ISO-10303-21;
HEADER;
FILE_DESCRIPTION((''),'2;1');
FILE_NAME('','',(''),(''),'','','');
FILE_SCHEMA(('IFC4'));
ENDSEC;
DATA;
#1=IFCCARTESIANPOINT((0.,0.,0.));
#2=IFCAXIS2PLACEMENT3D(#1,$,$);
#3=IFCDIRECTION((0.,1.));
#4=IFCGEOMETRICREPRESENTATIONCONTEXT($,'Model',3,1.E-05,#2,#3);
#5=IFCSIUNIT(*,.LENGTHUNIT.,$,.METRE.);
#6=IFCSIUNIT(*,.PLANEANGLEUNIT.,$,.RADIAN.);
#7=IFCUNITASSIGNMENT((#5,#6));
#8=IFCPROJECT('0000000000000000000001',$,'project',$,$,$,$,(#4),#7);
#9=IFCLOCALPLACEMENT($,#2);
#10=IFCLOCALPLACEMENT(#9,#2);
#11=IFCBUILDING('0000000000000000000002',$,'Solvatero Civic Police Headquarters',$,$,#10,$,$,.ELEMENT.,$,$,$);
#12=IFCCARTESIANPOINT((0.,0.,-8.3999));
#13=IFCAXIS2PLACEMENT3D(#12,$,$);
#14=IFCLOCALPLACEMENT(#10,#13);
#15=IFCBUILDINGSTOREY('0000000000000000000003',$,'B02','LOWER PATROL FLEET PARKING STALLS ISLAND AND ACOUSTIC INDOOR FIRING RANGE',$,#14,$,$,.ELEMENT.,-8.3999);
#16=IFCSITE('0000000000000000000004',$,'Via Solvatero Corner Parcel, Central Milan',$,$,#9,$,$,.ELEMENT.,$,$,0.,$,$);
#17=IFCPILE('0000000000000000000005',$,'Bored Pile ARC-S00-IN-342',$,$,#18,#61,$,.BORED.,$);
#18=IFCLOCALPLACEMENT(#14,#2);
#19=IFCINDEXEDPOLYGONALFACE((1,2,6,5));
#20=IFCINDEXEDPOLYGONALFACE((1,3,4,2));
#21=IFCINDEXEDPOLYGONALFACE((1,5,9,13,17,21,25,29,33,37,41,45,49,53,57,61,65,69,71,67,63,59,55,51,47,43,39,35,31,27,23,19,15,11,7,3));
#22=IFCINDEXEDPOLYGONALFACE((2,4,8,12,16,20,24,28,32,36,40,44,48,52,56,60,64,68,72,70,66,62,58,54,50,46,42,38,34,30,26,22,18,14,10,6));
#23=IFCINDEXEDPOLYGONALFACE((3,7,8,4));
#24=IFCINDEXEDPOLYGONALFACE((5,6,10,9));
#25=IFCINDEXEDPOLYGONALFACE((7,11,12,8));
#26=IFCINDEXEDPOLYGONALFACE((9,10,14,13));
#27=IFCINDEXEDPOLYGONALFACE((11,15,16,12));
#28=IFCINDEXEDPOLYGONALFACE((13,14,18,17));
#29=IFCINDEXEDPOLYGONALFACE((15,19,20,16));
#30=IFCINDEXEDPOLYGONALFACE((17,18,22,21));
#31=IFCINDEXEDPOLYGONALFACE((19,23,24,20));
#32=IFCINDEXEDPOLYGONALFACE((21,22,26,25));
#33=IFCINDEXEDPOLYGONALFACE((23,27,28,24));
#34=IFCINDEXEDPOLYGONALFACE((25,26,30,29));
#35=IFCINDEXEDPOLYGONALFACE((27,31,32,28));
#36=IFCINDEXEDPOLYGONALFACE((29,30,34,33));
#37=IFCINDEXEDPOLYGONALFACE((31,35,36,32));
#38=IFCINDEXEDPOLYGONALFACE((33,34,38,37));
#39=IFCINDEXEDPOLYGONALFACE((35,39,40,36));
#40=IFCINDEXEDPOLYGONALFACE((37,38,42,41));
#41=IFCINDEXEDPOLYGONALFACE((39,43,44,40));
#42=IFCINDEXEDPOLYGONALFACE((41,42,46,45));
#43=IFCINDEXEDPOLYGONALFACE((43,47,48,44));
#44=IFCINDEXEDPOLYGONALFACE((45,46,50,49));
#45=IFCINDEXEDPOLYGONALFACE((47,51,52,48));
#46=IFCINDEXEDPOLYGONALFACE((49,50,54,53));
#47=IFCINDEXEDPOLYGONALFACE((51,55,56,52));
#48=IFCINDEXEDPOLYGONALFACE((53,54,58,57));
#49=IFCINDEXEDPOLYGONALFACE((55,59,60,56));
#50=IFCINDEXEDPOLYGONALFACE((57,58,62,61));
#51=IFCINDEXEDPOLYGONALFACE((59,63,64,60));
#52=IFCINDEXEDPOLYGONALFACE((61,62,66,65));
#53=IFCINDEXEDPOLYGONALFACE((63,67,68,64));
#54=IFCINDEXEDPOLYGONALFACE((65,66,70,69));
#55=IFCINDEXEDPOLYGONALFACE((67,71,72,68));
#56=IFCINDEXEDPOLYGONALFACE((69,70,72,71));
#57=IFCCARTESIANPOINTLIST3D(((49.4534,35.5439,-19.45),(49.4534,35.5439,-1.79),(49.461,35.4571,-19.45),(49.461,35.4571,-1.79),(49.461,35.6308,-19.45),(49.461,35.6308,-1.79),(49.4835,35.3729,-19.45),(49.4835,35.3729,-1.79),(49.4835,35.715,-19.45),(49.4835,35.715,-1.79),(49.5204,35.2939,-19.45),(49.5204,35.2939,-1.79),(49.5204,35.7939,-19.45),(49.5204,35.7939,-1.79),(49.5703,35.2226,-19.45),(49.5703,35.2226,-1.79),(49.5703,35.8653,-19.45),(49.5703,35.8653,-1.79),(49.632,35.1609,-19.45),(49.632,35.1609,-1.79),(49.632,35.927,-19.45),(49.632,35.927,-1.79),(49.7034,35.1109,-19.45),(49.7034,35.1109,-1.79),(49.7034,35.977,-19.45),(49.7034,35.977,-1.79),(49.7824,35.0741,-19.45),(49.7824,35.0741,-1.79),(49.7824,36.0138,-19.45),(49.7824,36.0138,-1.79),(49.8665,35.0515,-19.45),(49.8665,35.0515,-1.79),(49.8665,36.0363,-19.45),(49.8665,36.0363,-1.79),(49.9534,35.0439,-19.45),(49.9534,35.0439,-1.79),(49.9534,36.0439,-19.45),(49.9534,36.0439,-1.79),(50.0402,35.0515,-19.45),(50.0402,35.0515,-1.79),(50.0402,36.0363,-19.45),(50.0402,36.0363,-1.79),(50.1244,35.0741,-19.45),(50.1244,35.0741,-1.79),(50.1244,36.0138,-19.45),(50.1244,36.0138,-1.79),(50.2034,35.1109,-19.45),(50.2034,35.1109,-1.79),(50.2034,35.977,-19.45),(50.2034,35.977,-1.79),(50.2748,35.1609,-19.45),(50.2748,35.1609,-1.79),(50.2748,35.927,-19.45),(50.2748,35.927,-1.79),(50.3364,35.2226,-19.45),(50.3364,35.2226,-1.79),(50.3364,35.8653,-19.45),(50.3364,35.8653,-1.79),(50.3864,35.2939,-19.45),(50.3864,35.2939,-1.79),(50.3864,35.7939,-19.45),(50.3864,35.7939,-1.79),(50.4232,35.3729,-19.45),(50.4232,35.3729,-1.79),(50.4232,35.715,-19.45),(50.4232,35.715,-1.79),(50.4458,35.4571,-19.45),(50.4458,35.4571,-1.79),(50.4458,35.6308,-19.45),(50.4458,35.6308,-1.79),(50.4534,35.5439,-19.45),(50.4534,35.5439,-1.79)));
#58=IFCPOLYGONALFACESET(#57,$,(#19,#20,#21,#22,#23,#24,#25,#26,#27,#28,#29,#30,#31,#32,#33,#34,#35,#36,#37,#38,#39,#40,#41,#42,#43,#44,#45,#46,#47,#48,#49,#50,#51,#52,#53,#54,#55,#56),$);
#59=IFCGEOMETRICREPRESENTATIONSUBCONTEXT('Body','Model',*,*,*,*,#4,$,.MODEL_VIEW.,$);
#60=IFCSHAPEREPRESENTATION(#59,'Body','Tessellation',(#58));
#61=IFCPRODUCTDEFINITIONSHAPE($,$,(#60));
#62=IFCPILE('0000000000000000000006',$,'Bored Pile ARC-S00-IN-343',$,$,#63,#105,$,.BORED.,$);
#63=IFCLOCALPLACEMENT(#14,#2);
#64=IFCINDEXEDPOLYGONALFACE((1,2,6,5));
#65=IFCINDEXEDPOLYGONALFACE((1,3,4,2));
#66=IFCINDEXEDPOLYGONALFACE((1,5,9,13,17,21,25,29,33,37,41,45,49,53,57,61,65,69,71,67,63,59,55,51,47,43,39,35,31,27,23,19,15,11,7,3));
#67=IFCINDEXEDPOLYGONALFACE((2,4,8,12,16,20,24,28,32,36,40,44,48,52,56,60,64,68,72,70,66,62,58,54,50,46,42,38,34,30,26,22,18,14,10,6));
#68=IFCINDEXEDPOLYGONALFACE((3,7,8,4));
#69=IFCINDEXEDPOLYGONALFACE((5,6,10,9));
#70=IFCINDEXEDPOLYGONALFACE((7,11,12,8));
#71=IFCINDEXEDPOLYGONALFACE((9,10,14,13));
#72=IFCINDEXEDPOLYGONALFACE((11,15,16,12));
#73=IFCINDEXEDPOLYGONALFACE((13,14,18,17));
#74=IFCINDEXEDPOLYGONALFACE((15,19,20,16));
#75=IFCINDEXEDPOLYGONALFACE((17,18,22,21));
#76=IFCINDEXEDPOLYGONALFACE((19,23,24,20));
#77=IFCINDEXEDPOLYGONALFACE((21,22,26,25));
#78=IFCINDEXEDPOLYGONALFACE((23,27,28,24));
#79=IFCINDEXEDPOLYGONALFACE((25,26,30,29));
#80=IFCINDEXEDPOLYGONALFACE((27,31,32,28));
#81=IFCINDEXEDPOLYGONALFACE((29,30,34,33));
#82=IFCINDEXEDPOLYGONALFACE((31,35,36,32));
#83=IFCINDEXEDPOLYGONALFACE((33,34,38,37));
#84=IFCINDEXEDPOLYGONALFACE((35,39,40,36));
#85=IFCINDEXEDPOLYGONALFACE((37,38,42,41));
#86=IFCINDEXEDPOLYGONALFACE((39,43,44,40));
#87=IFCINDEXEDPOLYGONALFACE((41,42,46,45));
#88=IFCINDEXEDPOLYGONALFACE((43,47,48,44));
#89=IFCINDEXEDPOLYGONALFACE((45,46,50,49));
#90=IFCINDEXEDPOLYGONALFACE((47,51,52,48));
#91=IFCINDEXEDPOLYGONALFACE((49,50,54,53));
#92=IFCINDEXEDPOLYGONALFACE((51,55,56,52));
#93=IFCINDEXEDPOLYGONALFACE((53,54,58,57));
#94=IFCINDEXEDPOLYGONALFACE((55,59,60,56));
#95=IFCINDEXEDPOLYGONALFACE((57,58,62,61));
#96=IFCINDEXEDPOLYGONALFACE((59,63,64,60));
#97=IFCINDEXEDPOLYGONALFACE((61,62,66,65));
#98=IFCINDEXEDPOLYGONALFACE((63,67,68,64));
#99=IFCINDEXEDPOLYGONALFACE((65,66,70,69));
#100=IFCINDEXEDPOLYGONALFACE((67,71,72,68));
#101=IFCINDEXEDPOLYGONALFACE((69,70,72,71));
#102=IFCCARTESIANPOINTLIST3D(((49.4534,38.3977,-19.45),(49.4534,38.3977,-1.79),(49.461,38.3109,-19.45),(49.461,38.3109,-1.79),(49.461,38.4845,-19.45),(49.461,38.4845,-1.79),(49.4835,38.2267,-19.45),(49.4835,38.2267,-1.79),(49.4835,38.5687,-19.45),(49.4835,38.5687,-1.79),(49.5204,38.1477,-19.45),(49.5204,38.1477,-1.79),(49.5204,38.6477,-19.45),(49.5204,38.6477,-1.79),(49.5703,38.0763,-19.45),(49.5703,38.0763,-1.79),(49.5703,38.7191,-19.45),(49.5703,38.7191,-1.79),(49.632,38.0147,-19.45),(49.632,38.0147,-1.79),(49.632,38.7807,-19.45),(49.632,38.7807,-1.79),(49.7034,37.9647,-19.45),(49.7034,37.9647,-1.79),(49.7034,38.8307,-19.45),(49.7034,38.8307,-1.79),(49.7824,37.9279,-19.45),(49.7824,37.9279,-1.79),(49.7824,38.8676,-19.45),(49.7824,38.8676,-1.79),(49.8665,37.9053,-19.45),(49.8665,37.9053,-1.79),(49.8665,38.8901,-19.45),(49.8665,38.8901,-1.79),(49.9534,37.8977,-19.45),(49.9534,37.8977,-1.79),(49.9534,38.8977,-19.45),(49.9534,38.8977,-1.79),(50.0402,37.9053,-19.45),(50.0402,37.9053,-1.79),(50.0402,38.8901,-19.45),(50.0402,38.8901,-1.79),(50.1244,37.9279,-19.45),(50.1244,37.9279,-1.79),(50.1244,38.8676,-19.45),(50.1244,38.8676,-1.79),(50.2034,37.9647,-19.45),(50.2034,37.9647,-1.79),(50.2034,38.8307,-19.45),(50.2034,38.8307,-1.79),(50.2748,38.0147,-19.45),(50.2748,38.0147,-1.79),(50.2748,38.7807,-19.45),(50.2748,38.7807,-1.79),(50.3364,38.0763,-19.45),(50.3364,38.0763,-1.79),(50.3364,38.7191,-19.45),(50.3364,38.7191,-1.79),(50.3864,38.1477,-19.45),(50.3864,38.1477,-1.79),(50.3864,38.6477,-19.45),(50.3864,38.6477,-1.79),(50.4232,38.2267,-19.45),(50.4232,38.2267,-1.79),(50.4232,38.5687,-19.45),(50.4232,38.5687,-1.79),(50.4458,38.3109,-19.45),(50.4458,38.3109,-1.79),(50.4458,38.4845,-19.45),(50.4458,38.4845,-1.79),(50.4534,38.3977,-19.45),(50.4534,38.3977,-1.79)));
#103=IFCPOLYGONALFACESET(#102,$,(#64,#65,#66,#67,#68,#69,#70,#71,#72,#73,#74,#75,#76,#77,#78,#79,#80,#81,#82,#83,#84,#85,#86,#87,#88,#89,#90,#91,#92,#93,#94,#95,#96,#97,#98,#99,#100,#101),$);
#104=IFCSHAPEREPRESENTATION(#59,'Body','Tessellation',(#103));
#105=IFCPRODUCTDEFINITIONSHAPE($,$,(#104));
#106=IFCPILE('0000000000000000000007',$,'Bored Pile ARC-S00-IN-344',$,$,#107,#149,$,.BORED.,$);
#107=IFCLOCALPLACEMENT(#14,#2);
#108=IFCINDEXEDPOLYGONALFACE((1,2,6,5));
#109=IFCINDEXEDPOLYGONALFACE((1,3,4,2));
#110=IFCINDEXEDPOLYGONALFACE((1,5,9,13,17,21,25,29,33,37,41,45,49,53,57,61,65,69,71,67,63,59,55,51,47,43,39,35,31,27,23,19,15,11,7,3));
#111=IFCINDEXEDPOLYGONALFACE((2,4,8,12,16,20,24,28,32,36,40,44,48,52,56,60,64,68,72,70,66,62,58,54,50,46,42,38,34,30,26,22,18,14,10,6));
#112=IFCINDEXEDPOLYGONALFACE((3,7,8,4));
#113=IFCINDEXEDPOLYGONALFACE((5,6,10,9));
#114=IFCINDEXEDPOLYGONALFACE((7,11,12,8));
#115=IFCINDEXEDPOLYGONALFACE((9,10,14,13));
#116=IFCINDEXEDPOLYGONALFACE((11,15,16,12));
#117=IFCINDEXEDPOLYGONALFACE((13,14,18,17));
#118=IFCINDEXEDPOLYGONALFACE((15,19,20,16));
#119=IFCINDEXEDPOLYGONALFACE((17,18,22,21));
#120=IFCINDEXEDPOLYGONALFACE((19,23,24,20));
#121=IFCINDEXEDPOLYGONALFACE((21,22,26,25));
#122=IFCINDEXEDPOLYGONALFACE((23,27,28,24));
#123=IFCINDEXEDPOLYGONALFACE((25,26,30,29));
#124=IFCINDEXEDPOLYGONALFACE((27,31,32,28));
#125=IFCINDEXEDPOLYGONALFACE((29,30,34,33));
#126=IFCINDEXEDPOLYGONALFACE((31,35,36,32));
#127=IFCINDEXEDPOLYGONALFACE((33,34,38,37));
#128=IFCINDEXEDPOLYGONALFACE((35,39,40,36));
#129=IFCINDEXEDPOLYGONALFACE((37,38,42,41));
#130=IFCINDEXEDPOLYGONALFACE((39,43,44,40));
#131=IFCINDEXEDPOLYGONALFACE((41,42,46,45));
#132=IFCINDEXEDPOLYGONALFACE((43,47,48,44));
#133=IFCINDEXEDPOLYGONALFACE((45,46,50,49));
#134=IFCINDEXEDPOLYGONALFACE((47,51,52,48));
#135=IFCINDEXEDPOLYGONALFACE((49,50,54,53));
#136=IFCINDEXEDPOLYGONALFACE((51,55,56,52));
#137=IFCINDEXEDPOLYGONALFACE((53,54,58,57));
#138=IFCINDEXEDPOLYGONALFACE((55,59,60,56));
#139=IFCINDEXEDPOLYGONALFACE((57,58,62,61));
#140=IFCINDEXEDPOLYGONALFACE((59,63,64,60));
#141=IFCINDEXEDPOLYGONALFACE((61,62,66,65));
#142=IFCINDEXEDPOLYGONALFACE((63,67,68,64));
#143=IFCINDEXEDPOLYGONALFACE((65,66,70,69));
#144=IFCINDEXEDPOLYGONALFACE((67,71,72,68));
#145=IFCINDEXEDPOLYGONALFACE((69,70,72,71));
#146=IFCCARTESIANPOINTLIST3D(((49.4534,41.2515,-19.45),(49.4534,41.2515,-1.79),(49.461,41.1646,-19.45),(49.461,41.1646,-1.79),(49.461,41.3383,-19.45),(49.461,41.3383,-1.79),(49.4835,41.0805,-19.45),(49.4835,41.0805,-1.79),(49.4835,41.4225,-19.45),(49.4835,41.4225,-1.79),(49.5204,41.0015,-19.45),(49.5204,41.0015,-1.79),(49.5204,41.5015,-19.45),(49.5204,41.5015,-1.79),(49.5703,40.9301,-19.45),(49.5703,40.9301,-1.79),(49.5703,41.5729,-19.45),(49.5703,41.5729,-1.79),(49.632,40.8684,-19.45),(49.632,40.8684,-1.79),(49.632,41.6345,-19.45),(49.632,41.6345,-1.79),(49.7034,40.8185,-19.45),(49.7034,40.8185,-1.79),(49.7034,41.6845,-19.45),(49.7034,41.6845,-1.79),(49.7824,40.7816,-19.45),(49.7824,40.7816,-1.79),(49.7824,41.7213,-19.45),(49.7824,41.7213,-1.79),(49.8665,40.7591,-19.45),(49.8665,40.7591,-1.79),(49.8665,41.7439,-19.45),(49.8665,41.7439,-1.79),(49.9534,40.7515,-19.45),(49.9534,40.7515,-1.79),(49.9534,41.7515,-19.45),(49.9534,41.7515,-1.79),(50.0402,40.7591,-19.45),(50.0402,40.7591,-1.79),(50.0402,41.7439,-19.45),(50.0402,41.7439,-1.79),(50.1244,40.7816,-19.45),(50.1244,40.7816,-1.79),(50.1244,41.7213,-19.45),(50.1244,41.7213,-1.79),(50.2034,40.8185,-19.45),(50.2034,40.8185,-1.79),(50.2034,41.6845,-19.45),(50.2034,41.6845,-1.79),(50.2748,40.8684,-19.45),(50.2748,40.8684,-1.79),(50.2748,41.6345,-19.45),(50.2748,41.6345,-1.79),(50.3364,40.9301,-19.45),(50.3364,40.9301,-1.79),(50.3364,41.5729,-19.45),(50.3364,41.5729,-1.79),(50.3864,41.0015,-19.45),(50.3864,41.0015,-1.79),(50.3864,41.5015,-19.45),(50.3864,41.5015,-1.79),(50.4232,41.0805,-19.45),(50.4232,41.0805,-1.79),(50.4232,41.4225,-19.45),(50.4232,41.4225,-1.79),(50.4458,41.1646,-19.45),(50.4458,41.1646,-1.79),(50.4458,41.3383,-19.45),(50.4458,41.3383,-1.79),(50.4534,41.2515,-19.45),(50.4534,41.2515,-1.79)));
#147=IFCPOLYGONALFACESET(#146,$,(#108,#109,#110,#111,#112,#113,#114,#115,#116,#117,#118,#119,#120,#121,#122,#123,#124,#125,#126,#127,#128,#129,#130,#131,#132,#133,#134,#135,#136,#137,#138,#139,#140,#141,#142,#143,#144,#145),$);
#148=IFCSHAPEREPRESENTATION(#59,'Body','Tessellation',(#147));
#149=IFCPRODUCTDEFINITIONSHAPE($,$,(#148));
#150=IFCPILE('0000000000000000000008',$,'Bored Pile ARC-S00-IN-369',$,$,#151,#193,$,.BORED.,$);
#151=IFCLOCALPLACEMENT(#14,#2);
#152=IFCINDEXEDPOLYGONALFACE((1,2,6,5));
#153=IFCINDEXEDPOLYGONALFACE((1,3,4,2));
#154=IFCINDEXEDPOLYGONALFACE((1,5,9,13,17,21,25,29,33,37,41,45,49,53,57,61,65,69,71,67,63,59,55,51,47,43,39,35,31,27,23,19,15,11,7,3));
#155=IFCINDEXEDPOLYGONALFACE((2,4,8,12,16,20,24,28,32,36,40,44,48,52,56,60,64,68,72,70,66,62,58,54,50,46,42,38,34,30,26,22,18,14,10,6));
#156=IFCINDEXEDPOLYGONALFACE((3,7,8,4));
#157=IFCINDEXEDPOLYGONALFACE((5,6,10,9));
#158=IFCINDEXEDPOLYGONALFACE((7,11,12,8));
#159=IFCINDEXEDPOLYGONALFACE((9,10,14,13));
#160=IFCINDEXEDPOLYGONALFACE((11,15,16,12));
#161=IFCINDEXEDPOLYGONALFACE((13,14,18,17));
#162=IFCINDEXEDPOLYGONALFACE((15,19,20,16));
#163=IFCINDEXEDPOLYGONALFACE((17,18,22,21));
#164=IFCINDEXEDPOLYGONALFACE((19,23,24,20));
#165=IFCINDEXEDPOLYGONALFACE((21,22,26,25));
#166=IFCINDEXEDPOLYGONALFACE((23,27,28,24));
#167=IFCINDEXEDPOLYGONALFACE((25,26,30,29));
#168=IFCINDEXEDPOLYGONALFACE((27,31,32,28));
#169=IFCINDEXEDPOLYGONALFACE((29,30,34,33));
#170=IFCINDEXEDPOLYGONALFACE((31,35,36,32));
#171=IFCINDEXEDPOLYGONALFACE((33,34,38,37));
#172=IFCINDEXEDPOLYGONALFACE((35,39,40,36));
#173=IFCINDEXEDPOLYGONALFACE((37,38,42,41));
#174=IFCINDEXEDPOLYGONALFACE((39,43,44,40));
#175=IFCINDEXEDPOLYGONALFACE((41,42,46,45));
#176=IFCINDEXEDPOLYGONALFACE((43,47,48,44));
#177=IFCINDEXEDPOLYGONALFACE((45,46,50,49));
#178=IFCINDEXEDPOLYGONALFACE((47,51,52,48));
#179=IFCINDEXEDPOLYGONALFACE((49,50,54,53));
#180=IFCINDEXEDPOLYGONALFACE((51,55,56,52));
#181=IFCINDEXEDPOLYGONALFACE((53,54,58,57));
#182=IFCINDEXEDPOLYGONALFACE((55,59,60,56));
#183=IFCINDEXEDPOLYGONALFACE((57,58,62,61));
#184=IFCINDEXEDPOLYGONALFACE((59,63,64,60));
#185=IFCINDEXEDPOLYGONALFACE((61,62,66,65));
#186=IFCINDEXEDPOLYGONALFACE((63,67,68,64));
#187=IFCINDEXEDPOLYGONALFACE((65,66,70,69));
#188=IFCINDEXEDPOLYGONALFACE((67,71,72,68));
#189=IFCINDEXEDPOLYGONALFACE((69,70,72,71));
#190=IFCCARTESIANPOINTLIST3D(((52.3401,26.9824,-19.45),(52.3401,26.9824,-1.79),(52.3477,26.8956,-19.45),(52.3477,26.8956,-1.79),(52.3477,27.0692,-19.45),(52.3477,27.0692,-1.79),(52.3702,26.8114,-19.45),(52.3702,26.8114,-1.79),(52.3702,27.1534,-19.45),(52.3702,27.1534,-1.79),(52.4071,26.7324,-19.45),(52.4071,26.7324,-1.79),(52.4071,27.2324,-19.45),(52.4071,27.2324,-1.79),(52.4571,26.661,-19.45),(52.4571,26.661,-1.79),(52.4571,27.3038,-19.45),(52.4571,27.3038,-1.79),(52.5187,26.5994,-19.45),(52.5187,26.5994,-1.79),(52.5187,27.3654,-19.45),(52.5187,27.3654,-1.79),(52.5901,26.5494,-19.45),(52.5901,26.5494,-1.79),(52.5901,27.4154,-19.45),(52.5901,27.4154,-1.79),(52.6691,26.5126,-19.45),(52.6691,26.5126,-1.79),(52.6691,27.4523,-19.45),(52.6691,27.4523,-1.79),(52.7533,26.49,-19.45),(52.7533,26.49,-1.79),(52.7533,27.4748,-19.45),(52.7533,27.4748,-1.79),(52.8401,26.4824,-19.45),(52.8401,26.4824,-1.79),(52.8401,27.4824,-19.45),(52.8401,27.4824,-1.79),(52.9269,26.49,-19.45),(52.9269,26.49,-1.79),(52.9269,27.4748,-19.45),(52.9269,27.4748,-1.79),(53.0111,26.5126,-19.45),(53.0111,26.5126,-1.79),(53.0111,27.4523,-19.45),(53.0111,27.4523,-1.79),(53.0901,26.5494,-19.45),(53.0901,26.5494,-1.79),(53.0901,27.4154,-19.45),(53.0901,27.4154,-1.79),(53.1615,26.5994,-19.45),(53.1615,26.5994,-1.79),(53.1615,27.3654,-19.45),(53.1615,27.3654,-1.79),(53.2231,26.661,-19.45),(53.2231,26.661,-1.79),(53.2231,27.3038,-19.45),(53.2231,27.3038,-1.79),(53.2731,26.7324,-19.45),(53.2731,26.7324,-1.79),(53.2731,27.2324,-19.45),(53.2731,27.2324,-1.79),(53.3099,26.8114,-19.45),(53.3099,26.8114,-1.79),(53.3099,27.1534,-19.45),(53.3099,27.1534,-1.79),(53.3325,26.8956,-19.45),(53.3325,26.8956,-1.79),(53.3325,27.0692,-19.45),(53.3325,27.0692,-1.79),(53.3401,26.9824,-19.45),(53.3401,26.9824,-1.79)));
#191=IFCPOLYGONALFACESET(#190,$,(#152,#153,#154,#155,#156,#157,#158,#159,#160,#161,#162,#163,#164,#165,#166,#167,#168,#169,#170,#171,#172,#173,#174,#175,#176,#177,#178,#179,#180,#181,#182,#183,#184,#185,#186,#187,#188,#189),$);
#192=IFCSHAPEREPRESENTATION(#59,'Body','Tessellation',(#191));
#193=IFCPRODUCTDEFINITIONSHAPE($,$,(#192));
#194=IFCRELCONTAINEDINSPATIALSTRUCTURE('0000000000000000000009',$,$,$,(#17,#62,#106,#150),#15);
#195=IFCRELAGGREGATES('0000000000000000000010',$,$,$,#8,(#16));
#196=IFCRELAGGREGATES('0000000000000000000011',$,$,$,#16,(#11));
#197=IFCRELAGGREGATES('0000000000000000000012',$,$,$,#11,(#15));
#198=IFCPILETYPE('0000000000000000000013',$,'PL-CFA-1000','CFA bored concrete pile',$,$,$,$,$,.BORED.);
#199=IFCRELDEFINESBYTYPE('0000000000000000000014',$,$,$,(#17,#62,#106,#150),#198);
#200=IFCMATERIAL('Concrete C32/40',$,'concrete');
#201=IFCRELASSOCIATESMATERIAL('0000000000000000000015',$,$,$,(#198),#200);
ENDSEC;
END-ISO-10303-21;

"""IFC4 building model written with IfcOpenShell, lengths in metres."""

from ifc_helpers import new_model, si_unit, direction, frame, origin, origin_2d, place, context, subcontext, project, spatial, circle, extrude, material, material_profile, profile_set, type_object, element, save


model = new_model("IFC4")

# Units and contexts
model_context = context("Model", 3, precision=1e-05, world=origin(), true_north=direction((0.0, 1.0)))
body_context = subcontext(model_context, "Body", "Model", "MODEL_VIEW")
ifc_project = project(units=[si_unit("LENGTHUNIT", "METRE"), si_unit("PLANEANGLEUNIT", "RADIAN")], contexts=[model_context])

# Site, building, storey
site_placement = place(None, origin())
site = spatial("IfcSite", under=ifc_project, at=site_placement, Name="Via Solvatero Corner Parcel, Central Milan", CompositionType="ELEMENT", RefElevation=0.0)
building_placement = place(site_placement, origin())
building = spatial("IfcBuilding", under=site, at=building_placement, Name="Solvatero Civic Police Headquarters", CompositionType="ELEMENT")
storey_placement = place(building_placement, frame((0.0, 0.0, -8.3999)))
storey = spatial("IfcBuildingStorey", under=building, at=storey_placement, Name="B02", Description="LOWER PATROL FLEET PARKING STALLS ISLAND AND ACOUSTIC INDOOR FIRING RANGE", CompositionType="ELEMENT", Elevation=-8.3999)

# Piles
ifc_material_1 = material(Name="Concrete C32/40", Category="concrete")
ifc_material_profile_1 = material_profile(ifc_material_1, circle(Radius=0.5, at=origin_2d()), Name="CFA PILE D1000")
ifc_profile_set_1 = profile_set([ifc_material_profile_1], Name="Concrete C32/40")
pile_type = type_object("IfcPileType", Name="PL-CFA-1000", Description="CFA bored concrete pile", PredefinedType="BORED", material=ifc_profile_set_1)
for number, where, z_axis, x_axis, name in (
    (1, (49.9534, 35.5439, -1.79), (0.0, 0.0, -1.0), (1.0, 0.0, 0.0), "Bored Pile ARC-S00-IN-342"),
    (2, (49.9534, 38.3977, -1.79), (0.0, 0.0, -1.0), (1.0, 0.0, 0.0), "Bored Pile ARC-S00-IN-343"),
    (3, (49.9534, 41.2515, -1.79), (0.0, 0.0, -1.0), (1.0, 0.0, 0.0), "Bored Pile ARC-S00-IN-344"),
    (4, (52.8401, 26.9824, -1.79), (0.0, 0.0, -1.0), (1.0, 0.0, 0.0), "Bored Pile ARC-S00-IN-369"),
):
    element("IfcPile", number, at=place(storey_placement, frame(where, z_axis=z_axis, x_axis=x_axis)), inside=storey, type_object=pile_type, Name=name, PredefinedType="BORED", context=body_context, shape_type="SweptSolid", body=[
        extrude(circle(Radius=0.5, at=origin_2d()), origin(), (0.0, 0.0, 1.0), 17.6599),
    ])

save(model, "model.ifc")
